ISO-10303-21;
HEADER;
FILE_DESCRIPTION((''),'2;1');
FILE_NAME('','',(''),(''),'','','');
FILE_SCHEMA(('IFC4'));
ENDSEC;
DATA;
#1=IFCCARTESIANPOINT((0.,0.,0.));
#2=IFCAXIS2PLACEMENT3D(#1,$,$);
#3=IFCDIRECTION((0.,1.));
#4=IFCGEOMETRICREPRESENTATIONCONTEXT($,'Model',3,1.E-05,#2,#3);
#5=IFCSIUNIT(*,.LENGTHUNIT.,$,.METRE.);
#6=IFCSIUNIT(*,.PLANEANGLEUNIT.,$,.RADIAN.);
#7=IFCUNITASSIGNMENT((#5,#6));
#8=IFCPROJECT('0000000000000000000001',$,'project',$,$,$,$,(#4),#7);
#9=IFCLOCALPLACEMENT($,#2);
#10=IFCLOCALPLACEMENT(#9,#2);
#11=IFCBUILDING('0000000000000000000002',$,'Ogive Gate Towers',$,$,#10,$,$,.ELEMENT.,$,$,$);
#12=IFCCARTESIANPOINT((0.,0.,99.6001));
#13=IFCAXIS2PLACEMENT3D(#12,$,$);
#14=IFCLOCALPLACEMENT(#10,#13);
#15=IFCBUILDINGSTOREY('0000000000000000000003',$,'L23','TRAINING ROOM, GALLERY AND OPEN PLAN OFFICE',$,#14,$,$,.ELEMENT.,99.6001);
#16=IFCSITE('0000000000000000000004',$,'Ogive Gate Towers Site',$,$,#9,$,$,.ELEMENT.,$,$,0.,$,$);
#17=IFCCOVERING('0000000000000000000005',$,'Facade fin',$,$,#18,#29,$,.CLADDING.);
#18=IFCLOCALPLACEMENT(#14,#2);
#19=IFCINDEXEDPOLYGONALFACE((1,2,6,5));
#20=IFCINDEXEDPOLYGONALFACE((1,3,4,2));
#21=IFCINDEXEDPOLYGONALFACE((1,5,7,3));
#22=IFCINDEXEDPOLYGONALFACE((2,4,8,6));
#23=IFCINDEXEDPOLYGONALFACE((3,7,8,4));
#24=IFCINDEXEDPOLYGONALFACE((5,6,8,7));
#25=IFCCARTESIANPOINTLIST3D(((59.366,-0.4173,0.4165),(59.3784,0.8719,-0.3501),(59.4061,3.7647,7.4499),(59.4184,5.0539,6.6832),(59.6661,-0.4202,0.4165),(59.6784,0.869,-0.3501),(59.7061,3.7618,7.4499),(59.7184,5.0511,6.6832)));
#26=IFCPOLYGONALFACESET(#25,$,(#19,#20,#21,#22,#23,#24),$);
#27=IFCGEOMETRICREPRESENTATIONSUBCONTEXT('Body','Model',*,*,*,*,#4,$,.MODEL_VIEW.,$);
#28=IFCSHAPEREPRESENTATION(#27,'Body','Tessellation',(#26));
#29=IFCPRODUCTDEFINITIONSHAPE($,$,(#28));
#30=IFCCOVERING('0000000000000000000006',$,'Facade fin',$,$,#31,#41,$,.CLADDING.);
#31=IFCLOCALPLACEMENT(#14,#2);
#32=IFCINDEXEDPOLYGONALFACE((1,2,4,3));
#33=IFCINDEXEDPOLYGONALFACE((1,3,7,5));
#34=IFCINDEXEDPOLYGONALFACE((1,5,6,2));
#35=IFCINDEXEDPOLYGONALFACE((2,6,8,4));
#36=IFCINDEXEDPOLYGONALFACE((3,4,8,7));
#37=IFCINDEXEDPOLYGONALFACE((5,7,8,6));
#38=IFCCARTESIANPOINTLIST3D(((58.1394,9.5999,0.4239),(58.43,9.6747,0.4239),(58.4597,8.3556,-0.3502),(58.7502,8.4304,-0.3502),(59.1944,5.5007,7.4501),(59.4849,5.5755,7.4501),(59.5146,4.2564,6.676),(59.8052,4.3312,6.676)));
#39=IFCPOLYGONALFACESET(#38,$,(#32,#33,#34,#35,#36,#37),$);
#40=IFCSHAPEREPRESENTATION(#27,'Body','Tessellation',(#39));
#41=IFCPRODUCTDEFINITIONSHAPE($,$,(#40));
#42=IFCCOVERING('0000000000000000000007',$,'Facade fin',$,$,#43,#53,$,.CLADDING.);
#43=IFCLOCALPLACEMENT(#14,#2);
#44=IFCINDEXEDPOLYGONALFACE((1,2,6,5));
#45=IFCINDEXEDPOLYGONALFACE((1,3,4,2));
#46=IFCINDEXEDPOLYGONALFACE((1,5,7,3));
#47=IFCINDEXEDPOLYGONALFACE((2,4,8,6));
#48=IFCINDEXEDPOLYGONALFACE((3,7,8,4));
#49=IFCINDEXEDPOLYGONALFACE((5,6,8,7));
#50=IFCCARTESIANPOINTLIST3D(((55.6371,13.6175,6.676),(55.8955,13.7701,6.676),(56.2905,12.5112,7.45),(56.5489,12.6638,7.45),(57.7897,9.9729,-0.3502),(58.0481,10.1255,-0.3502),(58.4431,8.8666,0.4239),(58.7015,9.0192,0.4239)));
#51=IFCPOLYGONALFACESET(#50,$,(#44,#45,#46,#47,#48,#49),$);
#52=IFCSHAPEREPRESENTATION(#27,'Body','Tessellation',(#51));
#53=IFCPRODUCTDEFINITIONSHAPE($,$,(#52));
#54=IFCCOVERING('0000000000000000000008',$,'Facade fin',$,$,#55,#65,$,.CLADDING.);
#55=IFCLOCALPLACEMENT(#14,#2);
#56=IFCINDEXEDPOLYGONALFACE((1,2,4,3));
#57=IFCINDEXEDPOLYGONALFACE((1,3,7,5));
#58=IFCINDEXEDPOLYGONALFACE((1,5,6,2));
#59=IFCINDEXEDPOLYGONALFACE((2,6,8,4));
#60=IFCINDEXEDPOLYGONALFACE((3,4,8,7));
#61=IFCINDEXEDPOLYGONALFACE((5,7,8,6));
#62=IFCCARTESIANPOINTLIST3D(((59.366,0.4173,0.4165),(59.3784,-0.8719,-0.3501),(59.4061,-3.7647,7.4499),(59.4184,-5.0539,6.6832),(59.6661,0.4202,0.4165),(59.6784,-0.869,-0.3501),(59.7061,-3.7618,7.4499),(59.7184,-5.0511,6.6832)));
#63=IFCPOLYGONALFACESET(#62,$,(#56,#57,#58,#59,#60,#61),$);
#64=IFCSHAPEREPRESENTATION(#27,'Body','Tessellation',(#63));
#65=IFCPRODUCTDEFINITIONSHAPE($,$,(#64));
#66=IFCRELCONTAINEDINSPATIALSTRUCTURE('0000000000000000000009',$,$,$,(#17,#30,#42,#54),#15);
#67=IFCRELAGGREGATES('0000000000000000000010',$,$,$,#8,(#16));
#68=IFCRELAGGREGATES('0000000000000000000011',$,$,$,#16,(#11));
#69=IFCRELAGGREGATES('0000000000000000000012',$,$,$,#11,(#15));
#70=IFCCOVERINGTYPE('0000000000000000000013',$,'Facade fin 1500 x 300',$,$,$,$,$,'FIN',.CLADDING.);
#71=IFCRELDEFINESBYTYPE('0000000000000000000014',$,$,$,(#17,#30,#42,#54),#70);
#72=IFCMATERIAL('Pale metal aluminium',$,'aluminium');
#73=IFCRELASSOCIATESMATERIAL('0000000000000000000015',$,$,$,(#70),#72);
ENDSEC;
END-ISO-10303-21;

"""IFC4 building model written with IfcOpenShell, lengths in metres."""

from ifc_helpers import new_model, si_unit, direction, frame, origin, origin_2d, place, context, subcontext, project, spatial, rectangle, extrude, material, material_profile, profile_set, type_object, element, save


model = new_model("IFC4")

# Units and contexts
model_context = context("Model", 3, precision=1e-05, world=origin(), true_north=direction((0.0, 1.0)))
body_context = subcontext(model_context, "Body", "Model", "MODEL_VIEW")
ifc_project = project(units=[si_unit("LENGTHUNIT", "METRE"), si_unit("PLANEANGLEUNIT", "RADIAN")], contexts=[model_context])

# Site, building, storey
site_placement = place(None, origin())
site = spatial("IfcSite", under=ifc_project, at=site_placement, Name="Ogive Gate Towers Site", CompositionType="ELEMENT", RefElevation=0.0)
building_placement = place(site_placement, origin())
building = spatial("IfcBuilding", under=site, at=building_placement, Name="Ogive Gate Towers", CompositionType="ELEMENT")
storey_placement = place(building_placement, frame((0.0, 0.0, 99.6001)))
storey = spatial("IfcBuildingStorey", under=building, at=storey_placement, Name="L23", Description="TRAINING ROOM, GALLERY AND OPEN PLAN OFFICE", CompositionType="ELEMENT", Elevation=99.6001)

# Shared definitions
ifc_material_1 = material(Name="Pale metal aluminium", Category="aluminium")

# Coverings
ifc_material_profile_1 = material_profile(ifc_material_1, rectangle(XDim=0.3, YDim=1.5, at=origin_2d()), Name="1500 x 300 pale metal aluminium")
ifc_profile_set_1 = profile_set([ifc_material_profile_1], Name="Pale metal aluminium")
covering_type_1 = type_object("IfcCoveringType", Name="Facade fin 1500 x 300", ElementType="FIN", PredefinedType="CLADDING", material=ifc_profile_set_1)
covering_1_placement = place(storey_placement, frame((59.5222, 0.2258, 0.0332), z_axis=(0.004893, 0.511076, 0.859521), x_axis=(-0.999954, 0.009573, 0.0)))
element("IfcCovering", 1, at=covering_1_placement, inside=storey, type_object=covering_type_1, Name="Facade fin", PredefinedType="CLADDING", context=body_context, shape_type="SweptSolid", body=[
    extrude(rectangle(XDim=0.3, YDim=1.5, at=origin_2d()), origin(), (0.0, 0.0, 1.0), 8.1829),
])
for number, where, z_axis, x_axis, name in (
    (2, (58.4448, 9.0151, 0.0369), (0.12861, -0.499736, 0.856576), (0.968443, 0.249234, 0.0), "Facade fin"),
    (3, (58.2456, 9.4961, 0.0369), (-0.262428, 0.444314, 0.856573), (-0.86103, -0.508554, 0.0), "Facade fin"),
):
    element("IfcCovering", number, at=place(storey_placement, frame(where, z_axis=z_axis, x_axis=x_axis)), inside=storey, type_object=covering_type_1, Name=name, PredefinedType="CLADDING", context=body_context, shape_type="SweptSolid", body=[
        extrude(rectangle(XDim=0.3, YDim=1.5, at=origin_2d()), origin(), (0.0, 0.0, 1.0), 8.2026),
    ])
covering_2_placement = place(storey_placement, frame((59.5222, -0.2258, 0.0332), z_axis=(0.004893, -0.511076, 0.859521), x_axis=(0.999954, 0.009573, 0.0)))
element("IfcCovering", 4, at=covering_2_placement, inside=storey, type_object=covering_type_1, Name="Facade fin", PredefinedType="CLADDING", context=body_context, shape_type="SweptSolid", body=[
    extrude(rectangle(XDim=0.3, YDim=1.5, at=origin_2d()), origin(), (0.0, 0.0, 1.0), 8.1829),
])

save(model, "model.ifc")
